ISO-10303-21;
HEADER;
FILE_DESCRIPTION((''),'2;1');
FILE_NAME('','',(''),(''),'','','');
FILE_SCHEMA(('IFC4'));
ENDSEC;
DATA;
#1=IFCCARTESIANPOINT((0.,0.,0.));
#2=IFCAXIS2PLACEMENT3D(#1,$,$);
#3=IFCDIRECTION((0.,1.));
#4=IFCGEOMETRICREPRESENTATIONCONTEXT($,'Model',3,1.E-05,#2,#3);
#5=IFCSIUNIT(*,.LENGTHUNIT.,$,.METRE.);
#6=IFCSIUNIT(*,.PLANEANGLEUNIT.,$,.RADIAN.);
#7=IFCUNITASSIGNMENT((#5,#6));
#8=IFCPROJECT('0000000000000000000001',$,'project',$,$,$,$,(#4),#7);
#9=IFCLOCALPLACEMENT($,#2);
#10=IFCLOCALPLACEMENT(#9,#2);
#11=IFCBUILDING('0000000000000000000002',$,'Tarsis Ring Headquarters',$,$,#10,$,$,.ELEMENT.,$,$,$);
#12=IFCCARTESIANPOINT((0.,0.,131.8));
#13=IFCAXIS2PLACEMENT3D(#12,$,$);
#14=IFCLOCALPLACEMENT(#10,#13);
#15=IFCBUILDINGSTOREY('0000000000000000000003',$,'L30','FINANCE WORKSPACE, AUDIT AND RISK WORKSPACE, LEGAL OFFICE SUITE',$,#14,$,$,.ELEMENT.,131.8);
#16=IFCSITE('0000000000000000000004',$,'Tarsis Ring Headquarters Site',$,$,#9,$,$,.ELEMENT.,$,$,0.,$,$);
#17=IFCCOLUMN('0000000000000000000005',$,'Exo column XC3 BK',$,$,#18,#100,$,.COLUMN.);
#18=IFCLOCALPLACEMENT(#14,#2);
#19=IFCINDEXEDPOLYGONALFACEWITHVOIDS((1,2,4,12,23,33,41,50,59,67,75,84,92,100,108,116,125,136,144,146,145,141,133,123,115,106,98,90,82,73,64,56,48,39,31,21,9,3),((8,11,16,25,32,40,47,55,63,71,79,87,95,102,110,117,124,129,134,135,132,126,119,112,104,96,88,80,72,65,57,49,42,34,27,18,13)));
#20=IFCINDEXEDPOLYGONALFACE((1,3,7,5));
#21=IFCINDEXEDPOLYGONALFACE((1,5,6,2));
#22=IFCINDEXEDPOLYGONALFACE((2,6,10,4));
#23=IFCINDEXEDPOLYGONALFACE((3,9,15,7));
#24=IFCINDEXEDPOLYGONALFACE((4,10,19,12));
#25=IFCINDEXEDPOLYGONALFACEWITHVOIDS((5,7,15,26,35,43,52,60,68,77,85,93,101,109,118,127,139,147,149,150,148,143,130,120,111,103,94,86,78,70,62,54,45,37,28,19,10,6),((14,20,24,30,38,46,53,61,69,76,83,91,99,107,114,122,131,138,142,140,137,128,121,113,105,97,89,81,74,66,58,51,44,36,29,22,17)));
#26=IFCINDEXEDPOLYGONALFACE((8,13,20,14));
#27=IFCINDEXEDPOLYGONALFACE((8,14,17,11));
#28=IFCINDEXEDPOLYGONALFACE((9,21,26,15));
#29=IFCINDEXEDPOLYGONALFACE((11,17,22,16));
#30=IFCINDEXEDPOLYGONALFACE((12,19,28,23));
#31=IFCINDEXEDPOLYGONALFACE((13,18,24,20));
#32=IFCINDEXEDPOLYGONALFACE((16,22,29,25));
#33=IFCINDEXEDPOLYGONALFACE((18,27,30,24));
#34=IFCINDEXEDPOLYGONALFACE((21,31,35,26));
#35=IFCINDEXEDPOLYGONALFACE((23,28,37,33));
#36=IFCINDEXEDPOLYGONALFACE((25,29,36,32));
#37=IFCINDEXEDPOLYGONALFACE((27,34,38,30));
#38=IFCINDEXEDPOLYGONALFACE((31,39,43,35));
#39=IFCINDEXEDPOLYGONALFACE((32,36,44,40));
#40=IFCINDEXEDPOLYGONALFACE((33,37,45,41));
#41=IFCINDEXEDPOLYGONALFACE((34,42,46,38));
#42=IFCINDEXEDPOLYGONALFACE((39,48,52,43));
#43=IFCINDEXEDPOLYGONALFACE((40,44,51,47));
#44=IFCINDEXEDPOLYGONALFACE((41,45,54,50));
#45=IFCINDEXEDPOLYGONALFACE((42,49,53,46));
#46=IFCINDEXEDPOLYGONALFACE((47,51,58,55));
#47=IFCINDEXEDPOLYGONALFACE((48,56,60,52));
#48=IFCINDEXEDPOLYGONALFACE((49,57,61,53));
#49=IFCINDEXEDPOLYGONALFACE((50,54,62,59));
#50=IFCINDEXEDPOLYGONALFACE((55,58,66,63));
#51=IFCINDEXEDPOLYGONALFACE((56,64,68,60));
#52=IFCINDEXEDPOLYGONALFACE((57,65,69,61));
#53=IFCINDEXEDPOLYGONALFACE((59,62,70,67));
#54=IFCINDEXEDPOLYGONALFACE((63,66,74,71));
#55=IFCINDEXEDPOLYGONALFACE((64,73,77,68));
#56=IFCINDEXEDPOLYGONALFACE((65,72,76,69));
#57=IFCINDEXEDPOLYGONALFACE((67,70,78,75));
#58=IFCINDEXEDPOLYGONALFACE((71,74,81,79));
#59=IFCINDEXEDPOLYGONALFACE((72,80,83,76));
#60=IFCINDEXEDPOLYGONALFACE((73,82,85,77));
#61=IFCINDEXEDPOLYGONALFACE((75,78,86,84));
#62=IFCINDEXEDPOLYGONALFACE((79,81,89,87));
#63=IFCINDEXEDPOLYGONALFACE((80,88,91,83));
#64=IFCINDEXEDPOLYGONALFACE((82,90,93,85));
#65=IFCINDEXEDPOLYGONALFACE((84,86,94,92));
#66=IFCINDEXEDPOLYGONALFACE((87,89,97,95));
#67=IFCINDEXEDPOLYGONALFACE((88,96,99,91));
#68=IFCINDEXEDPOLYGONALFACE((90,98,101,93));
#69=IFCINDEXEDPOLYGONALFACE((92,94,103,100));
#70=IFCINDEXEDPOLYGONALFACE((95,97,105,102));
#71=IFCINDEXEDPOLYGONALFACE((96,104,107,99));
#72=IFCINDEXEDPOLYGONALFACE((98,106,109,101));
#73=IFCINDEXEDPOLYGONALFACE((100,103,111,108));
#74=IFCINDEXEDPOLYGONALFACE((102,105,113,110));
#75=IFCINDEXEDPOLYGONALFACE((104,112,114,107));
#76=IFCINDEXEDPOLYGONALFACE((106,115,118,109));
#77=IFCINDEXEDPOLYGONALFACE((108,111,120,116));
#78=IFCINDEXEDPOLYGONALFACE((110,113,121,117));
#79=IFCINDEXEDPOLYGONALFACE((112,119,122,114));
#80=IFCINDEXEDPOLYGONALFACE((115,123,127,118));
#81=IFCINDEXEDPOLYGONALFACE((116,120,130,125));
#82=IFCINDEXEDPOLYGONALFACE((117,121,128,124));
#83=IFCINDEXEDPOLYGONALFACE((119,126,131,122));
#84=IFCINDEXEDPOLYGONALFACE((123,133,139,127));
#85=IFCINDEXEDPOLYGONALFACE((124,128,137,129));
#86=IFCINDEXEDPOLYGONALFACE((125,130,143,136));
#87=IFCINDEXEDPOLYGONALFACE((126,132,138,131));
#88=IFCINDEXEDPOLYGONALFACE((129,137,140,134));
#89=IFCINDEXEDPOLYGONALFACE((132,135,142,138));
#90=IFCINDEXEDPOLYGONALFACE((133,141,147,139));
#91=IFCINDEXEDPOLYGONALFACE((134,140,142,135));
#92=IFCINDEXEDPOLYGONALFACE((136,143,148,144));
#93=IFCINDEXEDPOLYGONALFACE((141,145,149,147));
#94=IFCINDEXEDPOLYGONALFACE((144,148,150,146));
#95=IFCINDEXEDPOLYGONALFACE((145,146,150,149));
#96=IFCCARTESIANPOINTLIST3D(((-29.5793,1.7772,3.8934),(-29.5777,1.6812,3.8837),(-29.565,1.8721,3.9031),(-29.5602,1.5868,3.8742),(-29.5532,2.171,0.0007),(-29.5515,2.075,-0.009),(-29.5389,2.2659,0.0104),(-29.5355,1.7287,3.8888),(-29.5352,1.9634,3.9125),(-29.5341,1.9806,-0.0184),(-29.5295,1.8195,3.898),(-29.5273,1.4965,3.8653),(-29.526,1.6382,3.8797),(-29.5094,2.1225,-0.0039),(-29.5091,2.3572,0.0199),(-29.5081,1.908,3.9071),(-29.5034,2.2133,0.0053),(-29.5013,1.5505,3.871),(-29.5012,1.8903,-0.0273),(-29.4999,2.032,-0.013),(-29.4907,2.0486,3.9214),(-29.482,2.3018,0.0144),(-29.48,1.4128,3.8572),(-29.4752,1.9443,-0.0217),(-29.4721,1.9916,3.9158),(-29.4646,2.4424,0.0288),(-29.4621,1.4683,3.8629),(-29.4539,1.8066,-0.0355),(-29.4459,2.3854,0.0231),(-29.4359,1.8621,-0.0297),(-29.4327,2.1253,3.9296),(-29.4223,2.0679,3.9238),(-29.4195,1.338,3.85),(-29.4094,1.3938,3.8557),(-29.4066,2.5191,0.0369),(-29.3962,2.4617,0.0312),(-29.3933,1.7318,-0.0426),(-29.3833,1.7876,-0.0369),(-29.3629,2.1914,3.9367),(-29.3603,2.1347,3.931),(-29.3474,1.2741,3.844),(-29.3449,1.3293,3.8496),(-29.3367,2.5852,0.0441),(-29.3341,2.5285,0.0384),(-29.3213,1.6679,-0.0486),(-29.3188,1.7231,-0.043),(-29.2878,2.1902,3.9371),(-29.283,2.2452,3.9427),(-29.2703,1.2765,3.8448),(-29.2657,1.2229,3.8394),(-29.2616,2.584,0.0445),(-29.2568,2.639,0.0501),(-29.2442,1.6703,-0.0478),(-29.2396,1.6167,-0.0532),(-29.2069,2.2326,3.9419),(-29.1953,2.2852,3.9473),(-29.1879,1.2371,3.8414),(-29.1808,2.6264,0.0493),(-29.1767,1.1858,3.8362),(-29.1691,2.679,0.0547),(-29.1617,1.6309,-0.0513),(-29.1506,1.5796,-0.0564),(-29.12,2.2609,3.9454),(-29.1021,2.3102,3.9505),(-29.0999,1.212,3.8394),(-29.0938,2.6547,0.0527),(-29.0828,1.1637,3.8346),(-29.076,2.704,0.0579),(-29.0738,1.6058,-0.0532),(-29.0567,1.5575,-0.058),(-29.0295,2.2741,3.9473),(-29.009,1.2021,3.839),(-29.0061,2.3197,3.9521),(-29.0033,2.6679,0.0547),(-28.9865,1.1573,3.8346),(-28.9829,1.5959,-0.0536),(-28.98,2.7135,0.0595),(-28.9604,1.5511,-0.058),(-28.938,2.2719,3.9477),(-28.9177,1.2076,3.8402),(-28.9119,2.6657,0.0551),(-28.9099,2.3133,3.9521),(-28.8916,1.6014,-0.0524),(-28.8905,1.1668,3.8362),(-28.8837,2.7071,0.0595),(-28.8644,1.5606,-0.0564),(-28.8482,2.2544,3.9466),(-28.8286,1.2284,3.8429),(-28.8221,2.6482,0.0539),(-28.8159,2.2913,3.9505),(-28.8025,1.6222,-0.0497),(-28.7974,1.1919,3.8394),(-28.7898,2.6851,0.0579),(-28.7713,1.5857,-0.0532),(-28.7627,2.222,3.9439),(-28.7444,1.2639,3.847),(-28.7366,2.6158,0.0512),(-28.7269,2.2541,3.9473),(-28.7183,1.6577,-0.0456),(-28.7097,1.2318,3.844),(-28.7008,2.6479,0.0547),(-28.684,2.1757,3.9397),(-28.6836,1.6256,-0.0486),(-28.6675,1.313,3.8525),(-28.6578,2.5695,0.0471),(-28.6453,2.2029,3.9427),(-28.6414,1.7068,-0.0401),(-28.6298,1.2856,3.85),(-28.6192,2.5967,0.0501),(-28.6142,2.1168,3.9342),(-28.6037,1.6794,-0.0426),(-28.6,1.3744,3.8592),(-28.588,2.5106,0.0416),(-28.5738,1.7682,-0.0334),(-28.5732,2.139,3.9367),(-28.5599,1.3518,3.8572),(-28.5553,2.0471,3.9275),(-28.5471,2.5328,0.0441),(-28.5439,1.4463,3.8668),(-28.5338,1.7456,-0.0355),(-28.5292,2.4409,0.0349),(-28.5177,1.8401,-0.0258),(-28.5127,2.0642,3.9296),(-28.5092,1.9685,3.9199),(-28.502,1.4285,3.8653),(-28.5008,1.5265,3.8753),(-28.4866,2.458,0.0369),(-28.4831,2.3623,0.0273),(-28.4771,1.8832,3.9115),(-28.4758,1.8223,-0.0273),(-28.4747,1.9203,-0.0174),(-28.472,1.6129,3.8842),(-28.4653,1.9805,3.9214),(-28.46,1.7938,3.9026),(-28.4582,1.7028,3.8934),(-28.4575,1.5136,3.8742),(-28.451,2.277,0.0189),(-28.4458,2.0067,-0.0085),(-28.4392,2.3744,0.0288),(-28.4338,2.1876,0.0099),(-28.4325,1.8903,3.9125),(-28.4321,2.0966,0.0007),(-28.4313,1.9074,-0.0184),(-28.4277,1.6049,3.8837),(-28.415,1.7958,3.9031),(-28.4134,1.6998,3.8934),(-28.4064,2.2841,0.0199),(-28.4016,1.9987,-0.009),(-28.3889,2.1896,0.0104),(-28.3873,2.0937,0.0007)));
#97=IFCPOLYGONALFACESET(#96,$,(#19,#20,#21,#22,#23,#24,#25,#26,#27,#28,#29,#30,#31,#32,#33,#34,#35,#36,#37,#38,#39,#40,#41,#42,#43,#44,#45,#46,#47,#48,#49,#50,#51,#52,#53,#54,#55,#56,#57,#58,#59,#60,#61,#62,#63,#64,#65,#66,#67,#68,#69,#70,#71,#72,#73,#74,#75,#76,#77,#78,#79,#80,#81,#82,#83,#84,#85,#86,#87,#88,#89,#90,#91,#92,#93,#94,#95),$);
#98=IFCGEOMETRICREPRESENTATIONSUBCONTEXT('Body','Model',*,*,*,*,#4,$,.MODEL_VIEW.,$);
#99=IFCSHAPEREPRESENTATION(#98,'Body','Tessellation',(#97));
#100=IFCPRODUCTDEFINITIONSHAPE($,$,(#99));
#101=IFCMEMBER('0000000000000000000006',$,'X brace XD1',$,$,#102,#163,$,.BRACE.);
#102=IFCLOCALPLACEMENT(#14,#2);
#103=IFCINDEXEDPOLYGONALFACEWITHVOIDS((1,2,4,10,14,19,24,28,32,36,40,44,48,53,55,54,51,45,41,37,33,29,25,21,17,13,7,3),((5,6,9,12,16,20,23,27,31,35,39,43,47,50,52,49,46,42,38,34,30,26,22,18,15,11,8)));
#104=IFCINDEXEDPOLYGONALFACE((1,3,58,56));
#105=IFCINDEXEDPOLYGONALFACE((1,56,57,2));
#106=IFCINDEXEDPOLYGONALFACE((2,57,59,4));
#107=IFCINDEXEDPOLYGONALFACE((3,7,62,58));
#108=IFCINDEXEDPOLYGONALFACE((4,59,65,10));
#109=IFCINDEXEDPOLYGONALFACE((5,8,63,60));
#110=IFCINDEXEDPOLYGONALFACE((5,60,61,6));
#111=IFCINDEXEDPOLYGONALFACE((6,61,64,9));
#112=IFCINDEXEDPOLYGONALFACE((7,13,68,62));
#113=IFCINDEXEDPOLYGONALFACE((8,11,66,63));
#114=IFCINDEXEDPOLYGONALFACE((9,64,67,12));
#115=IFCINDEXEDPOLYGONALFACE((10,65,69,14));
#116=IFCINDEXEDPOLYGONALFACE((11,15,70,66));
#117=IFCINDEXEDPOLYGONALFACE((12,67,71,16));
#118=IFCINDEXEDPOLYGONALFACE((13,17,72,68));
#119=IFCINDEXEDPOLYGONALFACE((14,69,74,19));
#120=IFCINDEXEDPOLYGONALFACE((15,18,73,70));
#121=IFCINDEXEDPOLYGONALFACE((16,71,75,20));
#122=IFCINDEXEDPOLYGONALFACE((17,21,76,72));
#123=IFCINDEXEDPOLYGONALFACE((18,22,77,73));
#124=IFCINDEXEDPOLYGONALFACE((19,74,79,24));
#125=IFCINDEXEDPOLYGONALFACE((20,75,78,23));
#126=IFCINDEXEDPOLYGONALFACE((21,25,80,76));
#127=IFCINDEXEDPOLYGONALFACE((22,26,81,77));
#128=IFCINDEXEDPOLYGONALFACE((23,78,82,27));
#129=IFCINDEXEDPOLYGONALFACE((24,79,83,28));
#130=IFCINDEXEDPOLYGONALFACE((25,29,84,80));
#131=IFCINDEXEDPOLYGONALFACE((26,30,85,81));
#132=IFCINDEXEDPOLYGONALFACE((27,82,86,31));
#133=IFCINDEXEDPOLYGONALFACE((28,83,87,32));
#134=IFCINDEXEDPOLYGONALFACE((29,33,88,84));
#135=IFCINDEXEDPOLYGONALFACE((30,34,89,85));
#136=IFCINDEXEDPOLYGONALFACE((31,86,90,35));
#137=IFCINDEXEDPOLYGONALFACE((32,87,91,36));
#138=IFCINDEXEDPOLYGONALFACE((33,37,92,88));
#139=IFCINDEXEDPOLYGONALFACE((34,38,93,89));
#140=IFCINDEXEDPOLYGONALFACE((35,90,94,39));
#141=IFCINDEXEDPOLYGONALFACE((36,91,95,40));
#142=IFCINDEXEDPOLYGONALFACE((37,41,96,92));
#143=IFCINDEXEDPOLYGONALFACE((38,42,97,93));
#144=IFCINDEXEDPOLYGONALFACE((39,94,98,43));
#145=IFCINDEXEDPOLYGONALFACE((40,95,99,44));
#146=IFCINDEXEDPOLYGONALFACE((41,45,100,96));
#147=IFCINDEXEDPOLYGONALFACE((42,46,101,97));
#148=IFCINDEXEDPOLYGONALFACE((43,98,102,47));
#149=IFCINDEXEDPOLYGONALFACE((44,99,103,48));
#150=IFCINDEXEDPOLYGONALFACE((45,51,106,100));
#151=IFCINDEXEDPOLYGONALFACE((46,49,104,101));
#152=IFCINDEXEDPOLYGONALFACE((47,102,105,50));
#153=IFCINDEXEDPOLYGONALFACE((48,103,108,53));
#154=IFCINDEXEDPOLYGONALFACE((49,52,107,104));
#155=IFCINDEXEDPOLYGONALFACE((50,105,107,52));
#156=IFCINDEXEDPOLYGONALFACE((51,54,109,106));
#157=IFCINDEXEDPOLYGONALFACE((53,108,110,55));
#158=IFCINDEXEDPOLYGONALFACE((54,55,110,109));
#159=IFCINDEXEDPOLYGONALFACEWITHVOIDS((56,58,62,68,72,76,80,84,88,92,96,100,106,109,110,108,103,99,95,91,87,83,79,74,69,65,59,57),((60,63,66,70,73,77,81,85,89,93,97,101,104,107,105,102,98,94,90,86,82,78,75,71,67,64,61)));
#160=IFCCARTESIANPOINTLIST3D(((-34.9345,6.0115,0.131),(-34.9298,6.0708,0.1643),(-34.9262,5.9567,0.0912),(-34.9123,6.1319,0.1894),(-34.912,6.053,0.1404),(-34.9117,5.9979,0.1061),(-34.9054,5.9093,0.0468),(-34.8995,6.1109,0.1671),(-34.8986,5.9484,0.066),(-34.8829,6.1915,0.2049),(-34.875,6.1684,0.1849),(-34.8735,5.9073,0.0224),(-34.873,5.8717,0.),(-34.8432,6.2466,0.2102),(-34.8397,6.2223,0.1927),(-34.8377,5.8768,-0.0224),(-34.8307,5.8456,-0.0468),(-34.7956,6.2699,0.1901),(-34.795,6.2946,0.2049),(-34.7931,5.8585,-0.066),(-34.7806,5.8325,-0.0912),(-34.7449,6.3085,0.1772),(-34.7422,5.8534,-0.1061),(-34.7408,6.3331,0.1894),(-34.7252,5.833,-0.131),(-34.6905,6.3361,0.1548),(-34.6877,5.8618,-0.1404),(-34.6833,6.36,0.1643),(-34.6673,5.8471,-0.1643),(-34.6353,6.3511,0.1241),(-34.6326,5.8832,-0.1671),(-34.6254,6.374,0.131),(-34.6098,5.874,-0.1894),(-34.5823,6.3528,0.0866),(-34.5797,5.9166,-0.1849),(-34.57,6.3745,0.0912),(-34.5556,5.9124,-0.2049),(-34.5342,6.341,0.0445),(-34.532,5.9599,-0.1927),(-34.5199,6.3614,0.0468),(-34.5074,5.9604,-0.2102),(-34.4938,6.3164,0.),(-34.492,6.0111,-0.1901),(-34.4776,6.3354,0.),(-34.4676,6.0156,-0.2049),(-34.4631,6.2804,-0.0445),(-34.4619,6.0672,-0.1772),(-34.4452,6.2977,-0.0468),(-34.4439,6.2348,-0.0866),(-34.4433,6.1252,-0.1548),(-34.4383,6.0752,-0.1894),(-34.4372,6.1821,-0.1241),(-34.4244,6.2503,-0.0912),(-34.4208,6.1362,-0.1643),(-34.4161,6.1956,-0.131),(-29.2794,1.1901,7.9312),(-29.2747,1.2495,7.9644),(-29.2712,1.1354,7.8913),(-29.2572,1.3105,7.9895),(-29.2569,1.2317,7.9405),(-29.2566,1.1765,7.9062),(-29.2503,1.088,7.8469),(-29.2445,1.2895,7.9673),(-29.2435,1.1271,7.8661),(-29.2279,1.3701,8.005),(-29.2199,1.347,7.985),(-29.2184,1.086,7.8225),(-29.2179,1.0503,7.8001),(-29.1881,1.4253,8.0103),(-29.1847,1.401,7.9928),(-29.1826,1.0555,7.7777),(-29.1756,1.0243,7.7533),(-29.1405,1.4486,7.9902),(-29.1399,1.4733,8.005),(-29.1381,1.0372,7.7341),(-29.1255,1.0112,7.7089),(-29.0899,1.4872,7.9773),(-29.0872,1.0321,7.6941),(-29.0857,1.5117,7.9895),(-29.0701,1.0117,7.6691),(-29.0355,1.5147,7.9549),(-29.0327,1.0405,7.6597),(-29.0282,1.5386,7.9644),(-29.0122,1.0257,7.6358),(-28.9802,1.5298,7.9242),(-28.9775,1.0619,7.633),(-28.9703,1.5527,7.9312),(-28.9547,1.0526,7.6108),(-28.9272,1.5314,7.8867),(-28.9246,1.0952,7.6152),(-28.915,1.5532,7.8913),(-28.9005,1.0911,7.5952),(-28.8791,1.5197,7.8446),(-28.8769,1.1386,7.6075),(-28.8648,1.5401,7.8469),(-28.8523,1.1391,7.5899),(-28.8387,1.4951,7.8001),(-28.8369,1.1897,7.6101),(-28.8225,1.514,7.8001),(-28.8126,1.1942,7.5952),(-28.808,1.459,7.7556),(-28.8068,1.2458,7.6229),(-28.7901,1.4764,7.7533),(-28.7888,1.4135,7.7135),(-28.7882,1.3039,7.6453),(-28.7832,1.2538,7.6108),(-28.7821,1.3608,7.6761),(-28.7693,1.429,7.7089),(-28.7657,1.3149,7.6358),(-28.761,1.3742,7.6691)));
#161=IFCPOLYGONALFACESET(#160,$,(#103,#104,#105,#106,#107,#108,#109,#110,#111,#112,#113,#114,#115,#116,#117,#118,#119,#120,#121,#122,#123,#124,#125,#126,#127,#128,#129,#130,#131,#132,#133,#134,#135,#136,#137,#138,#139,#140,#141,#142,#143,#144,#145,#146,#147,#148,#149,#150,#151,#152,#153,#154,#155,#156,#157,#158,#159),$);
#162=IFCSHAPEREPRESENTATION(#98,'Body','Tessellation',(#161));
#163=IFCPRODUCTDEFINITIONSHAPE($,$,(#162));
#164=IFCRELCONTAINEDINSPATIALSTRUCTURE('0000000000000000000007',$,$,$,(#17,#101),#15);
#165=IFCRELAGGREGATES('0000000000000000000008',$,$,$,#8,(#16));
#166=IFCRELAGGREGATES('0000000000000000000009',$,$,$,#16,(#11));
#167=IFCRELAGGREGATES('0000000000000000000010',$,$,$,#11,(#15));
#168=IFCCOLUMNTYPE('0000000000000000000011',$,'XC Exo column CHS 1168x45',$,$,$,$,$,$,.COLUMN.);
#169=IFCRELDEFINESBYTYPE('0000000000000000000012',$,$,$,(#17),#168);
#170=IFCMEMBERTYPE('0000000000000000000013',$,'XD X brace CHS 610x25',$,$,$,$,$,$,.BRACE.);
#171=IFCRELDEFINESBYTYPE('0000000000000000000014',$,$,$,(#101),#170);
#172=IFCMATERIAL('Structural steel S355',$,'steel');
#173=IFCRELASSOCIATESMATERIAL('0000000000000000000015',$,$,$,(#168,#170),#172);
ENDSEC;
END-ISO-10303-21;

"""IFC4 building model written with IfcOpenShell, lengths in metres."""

from ifc_helpers import new_model, si_unit, direction, frame, origin, origin_2d, place, context, subcontext, project, spatial, hollow_circle, extrude, material, material_profile, profile_set, type_object, element, save


model = new_model("IFC4")

# Units and contexts
model_context = context("Model", 3, precision=1e-05, world=origin(), true_north=direction((0.0, 1.0)))
body_context = subcontext(model_context, "Body", "Model", "MODEL_VIEW")
ifc_project = project(units=[si_unit("LENGTHUNIT", "METRE"), si_unit("PLANEANGLEUNIT", "RADIAN")], contexts=[model_context])

# Site, building, storey
site_placement = place(None, origin())
site = spatial("IfcSite", under=ifc_project, at=site_placement, Name="Tarsis Ring Headquarters Site", CompositionType="ELEMENT", RefElevation=0.0)
building_placement = place(site_placement, origin())
building = spatial("IfcBuilding", under=site, at=building_placement, Name="Tarsis Ring Headquarters", CompositionType="ELEMENT")
storey_placement = place(building_placement, frame((0.0, 0.0, 131.8)))
storey = spatial("IfcBuildingStorey", under=building, at=storey_placement, Name="L30", Description="FINANCE WORKSPACE, AUDIT AND RISK WORKSPACE, LEGAL OFFICE SUITE", CompositionType="ELEMENT", Elevation=131.8)

# Column
ifc_material_1 = material(Name="Structural steel S355", Category="steel")
ifc_material_profile_1 = material_profile(ifc_material_1, hollow_circle(Radius=0.5842, WallThickness=0.0449, at=origin_2d()), Name="CHS 1168x45")
ifc_profile_set_1 = profile_set([ifc_material_profile_1], Name="Structural steel S355")
column_type = type_object("IfcColumnType", Name="XC Exo column CHS 1168x45", PredefinedType="COLUMN", material=ifc_profile_set_1)
column_placement = place(storey_placement, frame((-28.9702, 2.1323, 0.0007), z_axis=(-0.006677, -0.100651, 0.994899), x_axis=(0.997807, -0.066191, 0.0)))
element("IfcColumn", 1, at=column_placement, inside=storey, type_object=column_type, Name="Exo column XC3 BK", PredefinedType="COLUMN", context=body_context, shape_type="SweptSolid", body=[
    extrude(hollow_circle(Radius=0.5842, WallThickness=0.0449, at=origin_2d()), origin(), (0.0, 0.0, 1.0), 3.9126),
])

# Member
ifc_material_profile_2 = material_profile(ifc_material_1, hollow_circle(Radius=0.3047, WallThickness=0.0249, at=origin_2d()), Name="CHS 610x25")
ifc_profile_set_2 = profile_set([ifc_material_profile_2], Name="Structural steel S355")
member_type = type_object("IfcMemberType", Name="XD X brace CHS 610x25", PredefinedType="BRACE", material=ifc_profile_set_2)
member_1_placement = place(storey_placement, frame((-34.6753, 6.1035, 0.0), z_axis=(0.524909, -0.44752, 0.724014), x_axis=(0.648782, 0.760975, 0.0)))
element("IfcMember", 2, at=member_1_placement, inside=storey, type_object=member_type, Name="X brace XD1", PredefinedType="BRACE", context=body_context, shape_type="SweptSolid", body=[
    extrude(hollow_circle(Radius=0.3047, WallThickness=0.0249, at=origin_2d()), origin(), (0.0, 0.0, 1.0), 10.7734),
])

save(model, "model.ifc")
